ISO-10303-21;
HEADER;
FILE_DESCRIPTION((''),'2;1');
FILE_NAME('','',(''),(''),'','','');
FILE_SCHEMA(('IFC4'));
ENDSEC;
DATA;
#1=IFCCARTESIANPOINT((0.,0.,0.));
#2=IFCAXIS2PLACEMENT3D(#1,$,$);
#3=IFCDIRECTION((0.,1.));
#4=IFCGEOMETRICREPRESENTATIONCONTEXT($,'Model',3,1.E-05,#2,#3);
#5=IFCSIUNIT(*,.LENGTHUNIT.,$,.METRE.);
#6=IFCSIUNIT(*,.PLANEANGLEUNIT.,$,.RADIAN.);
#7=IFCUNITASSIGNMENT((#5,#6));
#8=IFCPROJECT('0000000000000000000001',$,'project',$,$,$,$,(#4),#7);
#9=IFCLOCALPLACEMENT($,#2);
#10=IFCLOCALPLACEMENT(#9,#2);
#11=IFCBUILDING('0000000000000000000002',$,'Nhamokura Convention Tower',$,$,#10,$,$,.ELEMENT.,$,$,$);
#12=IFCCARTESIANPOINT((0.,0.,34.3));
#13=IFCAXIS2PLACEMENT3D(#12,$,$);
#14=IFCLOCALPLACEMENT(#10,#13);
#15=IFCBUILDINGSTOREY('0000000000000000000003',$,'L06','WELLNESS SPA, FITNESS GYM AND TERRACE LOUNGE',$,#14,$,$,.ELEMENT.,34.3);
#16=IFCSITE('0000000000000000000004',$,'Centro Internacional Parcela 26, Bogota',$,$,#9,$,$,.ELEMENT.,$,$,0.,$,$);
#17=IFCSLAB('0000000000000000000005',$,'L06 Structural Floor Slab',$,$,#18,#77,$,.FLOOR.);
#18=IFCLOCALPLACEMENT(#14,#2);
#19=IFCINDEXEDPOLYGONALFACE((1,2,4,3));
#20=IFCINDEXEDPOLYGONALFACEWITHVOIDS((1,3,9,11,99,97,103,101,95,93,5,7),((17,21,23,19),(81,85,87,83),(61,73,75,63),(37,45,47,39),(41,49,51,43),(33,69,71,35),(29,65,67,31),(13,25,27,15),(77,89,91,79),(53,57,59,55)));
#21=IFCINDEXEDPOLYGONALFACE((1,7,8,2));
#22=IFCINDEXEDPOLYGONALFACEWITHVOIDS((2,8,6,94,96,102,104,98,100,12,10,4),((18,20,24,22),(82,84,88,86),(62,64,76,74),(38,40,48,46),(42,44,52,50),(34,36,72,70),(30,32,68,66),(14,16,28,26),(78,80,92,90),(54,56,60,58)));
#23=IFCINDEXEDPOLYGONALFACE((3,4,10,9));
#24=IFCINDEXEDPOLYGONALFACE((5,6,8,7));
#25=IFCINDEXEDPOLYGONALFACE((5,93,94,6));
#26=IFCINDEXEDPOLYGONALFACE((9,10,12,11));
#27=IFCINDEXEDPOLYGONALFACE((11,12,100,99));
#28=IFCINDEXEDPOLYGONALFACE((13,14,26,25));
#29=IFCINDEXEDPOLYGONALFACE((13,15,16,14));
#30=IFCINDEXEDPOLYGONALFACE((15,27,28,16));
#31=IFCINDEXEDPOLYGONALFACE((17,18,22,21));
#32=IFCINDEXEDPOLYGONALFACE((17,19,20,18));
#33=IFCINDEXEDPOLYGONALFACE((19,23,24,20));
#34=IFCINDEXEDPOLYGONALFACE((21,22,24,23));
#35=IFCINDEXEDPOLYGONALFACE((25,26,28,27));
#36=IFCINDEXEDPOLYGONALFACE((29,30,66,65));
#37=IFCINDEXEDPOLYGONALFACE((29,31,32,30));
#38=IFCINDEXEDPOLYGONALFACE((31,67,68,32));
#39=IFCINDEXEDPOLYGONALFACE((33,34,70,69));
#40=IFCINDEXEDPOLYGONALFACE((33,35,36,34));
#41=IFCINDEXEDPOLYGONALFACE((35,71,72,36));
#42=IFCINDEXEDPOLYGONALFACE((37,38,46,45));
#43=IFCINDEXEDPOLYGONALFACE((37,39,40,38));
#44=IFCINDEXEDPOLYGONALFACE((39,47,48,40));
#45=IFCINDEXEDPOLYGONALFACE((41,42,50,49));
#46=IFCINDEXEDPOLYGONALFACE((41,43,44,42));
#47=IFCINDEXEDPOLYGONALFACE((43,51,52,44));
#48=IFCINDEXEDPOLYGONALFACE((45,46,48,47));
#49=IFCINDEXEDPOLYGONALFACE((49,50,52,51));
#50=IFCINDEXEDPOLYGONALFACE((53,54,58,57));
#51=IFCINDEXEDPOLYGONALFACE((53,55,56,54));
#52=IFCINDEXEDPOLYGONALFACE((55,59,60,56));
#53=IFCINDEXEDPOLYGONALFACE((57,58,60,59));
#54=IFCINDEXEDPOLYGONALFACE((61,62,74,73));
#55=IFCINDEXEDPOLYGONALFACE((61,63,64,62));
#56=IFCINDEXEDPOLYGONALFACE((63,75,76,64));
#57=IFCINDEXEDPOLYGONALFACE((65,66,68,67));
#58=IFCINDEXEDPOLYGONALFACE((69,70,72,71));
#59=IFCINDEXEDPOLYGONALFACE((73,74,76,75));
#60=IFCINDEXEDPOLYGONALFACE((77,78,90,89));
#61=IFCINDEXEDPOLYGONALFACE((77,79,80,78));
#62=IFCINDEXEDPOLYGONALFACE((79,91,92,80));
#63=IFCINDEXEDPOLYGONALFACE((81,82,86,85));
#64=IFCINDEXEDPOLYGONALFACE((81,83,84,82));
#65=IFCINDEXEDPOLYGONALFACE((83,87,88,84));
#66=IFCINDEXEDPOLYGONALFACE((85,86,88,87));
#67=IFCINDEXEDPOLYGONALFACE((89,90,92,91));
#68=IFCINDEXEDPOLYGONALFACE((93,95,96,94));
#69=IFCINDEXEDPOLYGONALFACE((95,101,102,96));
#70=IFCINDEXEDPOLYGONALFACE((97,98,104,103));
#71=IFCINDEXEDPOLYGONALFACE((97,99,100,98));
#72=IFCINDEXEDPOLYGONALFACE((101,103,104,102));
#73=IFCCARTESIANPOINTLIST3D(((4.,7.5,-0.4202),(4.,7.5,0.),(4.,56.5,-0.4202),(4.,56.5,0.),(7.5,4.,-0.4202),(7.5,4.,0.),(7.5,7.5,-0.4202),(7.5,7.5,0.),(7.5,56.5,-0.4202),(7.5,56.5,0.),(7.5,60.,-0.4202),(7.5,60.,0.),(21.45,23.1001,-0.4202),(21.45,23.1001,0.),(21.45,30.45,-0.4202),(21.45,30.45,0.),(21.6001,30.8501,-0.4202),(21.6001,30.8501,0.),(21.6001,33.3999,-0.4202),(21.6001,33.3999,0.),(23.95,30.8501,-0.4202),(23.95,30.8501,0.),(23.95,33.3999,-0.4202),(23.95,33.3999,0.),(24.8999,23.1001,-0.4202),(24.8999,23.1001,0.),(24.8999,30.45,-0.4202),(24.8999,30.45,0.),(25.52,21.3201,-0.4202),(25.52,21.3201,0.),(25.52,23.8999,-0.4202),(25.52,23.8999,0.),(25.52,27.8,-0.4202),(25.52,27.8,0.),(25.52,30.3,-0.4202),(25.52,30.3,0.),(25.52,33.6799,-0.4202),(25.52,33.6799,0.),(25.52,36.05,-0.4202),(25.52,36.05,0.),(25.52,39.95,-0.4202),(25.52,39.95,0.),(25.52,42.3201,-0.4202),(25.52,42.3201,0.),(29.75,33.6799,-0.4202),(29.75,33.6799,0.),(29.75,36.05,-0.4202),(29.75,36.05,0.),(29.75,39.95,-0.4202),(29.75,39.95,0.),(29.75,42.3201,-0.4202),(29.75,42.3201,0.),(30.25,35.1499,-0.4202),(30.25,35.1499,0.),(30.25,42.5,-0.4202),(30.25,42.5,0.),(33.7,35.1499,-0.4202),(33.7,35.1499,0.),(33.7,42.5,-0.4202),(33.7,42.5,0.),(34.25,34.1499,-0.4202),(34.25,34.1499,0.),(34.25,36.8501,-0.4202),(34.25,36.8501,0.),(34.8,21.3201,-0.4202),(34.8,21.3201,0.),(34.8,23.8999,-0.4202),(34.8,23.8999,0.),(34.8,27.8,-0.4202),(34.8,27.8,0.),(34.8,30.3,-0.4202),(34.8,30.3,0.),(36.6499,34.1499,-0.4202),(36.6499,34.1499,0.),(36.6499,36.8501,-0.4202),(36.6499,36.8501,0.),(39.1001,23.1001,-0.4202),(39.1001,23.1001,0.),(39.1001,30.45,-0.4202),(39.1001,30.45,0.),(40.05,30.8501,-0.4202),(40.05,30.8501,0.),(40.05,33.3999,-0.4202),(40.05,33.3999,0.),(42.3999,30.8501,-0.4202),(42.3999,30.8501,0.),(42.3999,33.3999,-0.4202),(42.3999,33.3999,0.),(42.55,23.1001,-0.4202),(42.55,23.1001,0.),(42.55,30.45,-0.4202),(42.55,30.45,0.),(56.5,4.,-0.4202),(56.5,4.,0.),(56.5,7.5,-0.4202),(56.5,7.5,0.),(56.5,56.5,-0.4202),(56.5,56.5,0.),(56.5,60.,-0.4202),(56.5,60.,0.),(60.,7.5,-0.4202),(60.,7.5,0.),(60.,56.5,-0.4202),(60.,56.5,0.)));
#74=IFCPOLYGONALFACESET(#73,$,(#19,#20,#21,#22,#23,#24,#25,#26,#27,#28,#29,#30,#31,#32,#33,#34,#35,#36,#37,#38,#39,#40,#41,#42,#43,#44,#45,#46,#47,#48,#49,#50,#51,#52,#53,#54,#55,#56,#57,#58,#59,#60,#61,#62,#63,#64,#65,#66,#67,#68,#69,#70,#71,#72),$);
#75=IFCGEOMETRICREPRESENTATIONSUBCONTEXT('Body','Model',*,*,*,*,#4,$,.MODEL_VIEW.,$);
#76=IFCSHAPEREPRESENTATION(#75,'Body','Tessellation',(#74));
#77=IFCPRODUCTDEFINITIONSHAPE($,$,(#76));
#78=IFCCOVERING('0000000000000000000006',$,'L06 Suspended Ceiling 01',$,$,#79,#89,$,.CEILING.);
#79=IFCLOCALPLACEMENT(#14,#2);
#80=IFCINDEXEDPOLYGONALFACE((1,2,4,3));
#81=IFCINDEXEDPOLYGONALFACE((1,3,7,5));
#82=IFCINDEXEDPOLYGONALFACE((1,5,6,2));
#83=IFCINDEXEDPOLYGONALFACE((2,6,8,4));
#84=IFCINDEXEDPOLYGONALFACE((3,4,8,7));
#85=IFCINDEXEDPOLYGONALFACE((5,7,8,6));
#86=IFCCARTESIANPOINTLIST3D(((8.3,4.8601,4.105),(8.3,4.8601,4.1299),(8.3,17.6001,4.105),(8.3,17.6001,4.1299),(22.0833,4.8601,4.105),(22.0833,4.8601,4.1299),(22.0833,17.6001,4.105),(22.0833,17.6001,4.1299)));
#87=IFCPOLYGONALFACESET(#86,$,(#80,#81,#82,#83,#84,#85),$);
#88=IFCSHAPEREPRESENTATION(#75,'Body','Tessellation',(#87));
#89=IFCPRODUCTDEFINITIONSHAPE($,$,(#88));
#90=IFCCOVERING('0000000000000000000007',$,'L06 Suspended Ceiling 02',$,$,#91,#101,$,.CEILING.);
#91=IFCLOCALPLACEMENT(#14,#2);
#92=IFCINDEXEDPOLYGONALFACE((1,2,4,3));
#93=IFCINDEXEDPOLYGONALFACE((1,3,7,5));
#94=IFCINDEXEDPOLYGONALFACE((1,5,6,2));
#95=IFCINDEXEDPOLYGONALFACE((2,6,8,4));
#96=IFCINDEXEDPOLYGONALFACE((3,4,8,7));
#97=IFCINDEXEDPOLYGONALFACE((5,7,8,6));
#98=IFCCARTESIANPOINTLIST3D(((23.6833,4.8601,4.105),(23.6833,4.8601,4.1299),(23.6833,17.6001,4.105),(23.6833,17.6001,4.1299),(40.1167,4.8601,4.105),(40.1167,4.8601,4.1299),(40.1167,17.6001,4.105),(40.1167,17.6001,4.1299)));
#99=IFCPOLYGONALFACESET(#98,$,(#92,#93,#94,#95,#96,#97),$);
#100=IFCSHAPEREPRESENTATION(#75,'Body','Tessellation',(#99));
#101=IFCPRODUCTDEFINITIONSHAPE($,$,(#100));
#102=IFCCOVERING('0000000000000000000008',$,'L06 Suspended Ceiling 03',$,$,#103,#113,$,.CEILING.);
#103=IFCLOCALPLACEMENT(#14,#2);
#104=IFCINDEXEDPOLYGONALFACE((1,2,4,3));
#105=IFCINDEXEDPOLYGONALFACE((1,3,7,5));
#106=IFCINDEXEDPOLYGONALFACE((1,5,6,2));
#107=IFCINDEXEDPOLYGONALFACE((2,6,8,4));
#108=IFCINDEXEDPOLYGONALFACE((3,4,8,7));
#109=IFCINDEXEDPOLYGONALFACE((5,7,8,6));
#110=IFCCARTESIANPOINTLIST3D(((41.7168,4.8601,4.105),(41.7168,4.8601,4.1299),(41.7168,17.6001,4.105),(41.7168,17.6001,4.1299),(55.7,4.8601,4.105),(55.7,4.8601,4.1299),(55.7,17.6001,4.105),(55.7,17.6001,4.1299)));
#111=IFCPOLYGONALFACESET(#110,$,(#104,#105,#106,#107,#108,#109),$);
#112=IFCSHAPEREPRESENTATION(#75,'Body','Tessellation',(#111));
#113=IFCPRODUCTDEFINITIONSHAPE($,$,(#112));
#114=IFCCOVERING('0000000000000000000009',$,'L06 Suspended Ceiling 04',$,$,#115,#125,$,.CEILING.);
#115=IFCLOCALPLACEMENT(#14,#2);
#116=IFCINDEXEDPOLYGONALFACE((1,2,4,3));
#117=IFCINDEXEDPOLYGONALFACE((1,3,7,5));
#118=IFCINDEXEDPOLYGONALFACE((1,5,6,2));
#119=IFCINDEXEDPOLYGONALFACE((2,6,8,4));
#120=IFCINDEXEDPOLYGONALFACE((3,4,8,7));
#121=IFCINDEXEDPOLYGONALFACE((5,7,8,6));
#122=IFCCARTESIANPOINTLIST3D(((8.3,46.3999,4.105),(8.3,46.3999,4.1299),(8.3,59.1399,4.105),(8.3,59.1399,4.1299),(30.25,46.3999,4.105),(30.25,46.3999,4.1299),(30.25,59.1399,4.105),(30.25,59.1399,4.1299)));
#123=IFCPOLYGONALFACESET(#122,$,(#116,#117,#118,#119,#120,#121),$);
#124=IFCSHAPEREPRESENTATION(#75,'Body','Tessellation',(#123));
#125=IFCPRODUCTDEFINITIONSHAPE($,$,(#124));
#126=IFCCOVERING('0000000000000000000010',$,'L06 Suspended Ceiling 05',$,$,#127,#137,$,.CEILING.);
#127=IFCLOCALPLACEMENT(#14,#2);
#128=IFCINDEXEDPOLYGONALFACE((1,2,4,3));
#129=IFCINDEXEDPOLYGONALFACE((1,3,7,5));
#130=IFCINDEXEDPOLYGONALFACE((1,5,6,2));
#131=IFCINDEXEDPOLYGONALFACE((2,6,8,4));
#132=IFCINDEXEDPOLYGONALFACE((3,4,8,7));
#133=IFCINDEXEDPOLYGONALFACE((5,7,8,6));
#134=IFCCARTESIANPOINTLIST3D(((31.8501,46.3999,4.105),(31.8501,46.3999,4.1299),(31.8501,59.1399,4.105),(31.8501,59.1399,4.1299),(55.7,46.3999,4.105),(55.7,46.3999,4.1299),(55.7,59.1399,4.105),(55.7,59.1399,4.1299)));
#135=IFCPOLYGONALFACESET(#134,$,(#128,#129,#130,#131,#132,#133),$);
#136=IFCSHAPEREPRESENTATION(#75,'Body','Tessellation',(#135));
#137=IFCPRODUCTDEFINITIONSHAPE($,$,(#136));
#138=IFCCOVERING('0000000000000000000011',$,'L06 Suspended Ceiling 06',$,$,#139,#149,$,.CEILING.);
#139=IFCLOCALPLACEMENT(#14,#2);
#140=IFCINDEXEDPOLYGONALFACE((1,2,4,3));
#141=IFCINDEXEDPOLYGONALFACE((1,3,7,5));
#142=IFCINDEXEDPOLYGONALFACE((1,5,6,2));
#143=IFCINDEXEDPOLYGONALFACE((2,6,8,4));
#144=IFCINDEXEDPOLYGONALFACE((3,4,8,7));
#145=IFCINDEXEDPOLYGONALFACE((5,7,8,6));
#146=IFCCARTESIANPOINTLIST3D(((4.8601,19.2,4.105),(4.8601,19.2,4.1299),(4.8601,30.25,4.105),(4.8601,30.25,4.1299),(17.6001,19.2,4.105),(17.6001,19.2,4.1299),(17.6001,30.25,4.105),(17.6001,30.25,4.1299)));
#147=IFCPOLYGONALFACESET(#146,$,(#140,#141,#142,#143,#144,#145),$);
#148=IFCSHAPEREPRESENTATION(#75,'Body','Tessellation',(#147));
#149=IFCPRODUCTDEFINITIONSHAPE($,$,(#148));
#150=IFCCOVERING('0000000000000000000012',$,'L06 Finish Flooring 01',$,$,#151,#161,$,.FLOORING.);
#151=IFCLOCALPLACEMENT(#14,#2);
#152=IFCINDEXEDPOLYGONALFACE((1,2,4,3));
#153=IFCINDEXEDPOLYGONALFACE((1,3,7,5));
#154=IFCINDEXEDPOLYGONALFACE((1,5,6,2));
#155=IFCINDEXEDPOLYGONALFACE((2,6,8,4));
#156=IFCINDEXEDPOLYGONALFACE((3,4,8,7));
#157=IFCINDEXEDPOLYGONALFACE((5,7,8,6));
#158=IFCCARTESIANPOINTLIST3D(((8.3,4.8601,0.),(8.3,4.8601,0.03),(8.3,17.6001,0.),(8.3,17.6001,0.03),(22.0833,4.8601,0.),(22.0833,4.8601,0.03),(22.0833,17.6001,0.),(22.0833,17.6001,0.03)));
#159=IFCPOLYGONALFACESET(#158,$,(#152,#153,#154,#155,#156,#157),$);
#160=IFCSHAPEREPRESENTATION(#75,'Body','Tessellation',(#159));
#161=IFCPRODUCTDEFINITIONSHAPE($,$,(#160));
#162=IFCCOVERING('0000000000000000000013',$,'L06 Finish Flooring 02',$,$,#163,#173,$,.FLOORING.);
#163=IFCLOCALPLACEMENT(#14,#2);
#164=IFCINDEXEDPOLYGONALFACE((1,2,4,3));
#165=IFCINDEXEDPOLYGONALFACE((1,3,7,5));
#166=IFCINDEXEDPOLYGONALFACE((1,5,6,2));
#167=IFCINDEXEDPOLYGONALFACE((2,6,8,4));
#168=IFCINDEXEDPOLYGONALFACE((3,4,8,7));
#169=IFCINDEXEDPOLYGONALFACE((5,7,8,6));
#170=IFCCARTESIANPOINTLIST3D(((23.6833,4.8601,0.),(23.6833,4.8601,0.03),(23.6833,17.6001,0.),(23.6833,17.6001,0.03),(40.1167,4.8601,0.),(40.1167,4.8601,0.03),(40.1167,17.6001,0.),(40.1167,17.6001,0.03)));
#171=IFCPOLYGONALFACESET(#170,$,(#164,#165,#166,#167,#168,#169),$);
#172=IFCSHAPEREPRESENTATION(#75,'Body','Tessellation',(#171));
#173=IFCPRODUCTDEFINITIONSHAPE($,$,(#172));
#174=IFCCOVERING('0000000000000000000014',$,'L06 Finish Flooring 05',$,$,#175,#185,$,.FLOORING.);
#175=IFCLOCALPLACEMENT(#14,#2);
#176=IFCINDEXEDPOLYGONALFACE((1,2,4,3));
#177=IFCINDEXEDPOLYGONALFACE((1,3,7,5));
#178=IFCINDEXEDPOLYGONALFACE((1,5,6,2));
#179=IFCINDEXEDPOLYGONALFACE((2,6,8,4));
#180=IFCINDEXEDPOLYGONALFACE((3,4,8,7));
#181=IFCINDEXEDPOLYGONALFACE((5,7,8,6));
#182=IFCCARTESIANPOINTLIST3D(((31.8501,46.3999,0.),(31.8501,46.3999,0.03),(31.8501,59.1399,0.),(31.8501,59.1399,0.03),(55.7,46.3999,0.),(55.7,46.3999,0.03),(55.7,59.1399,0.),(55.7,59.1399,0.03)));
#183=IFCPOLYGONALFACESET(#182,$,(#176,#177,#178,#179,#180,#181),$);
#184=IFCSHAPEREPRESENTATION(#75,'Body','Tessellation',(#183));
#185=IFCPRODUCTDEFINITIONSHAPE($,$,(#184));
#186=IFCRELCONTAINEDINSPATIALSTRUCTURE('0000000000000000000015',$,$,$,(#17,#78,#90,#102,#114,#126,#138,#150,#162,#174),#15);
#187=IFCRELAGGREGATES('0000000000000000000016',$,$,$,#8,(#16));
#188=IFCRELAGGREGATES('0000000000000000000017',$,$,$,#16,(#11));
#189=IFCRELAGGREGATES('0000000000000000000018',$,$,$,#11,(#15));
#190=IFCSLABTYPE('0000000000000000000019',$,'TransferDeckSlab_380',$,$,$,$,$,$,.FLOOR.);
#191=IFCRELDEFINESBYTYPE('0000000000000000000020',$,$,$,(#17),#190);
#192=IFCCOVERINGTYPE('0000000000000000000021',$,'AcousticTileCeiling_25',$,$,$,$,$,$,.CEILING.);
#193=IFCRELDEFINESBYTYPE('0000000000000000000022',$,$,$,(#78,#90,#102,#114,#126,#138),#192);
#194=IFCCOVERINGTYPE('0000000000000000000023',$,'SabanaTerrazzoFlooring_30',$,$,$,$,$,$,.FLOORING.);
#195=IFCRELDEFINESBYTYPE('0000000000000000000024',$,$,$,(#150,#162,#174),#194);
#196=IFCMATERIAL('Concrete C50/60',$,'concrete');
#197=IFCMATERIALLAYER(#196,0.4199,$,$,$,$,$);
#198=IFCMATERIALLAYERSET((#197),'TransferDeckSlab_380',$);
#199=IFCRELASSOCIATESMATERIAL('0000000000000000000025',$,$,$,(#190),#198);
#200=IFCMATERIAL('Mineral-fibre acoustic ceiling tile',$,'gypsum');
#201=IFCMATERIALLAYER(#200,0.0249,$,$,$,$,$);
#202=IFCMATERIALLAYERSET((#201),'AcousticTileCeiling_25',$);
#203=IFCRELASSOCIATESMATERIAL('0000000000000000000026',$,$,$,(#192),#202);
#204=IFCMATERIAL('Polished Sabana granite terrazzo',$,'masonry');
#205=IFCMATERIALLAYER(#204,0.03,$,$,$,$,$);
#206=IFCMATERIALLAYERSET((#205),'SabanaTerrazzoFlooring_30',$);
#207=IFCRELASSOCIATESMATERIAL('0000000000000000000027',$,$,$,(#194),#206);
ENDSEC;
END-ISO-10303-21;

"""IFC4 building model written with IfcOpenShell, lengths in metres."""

from ifc_helpers import new_model, si_unit, direction, frame, origin, place, context, subcontext, project, spatial, polyline, outline, extrude, material, layer, layer_set, type_object, element, save


model = new_model("IFC4")

# Units and contexts
model_context = context("Model", 3, precision=1e-05, world=origin(), true_north=direction((0.0, 1.0)))
body_context = subcontext(model_context, "Body", "Model", "MODEL_VIEW")
ifc_project = project(units=[si_unit("LENGTHUNIT", "METRE"), si_unit("PLANEANGLEUNIT", "RADIAN")], contexts=[model_context])

# Site, building, storey
site_placement = place(None, origin())
site = spatial("IfcSite", under=ifc_project, at=site_placement, Name="Centro Internacional Parcela 26, Bogota", CompositionType="ELEMENT", RefElevation=0.0)
building_placement = place(site_placement, origin())
building = spatial("IfcBuilding", under=site, at=building_placement, Name="Nhamokura Convention Tower", CompositionType="ELEMENT")
storey_placement = place(building_placement, frame((0.0, 0.0, 34.3)))
storey = spatial("IfcBuildingStorey", under=building, at=storey_placement, Name="L06", Description="WELLNESS SPA, FITNESS GYM AND TERRACE LOUNGE", CompositionType="ELEMENT", Elevation=34.3)

# Slab
ifc_material_1 = material(Name="Concrete C50/60", Category="concrete")
ifc_layer_1 = layer(ifc_material_1, 0.4199)
ifc_layer_set_1 = layer_set([ifc_layer_1], Name="TransferDeckSlab_380")
slab_type_1 = type_object("IfcSlabType", Name="TransferDeckSlab_380", PredefinedType="FLOOR", material=ifc_layer_set_1)
slab_1_placement = place(storey_placement, frame((0.0, 0.0, -0.4202)))
element("IfcSlab", 1, at=slab_1_placement, inside=storey, type_object=slab_type_1, Name="L06 Structural Floor Slab", PredefinedType="FLOOR", context=body_context, shape_type="SweptSolid", body=[
    extrude(outline(polyline([(7.5, 4.0), (56.5, 4.0), (56.5, 7.5), (60.0, 7.5), (60.0, 56.5), (56.5, 56.5), (56.5, 60.0), (7.5, 60.0), (7.5, 56.5), (4.0, 56.5), (4.0, 7.5), (7.5, 7.5), (7.5, 4.0)]), holes=[polyline([(24.8999, 23.1001), (24.8999, 30.45), (21.45, 30.45), (21.45, 23.1001), (24.8999, 23.1001)]), polyline([(42.55, 23.1001), (42.55, 30.45), (39.1001, 30.45), (39.1001, 23.1001), (42.55, 23.1001)]), polyline([(33.7, 35.1499), (33.7, 42.5), (30.25, 42.5), (30.25, 35.1499), (33.7, 35.1499)]), polyline([(21.6001, 30.8501), (23.95, 30.8501), (23.95, 33.3999), (21.6001, 33.3999), (21.6001, 30.8501)]), polyline([(40.05, 30.8501), (42.3999, 30.8501), (42.3999, 33.3999), (40.05, 33.3999), (40.05, 30.8501)]), polyline([(34.25, 34.1499), (36.6499, 34.1499), (36.6499, 36.8501), (34.25, 36.8501), (34.25, 34.1499)]), polyline([(25.52, 21.3201), (34.8, 21.3201), (34.8, 23.8999), (25.52, 23.8999), (25.52, 21.3201)]), polyline([(25.52, 27.8), (34.8, 27.8), (34.8, 30.3), (25.52, 30.3), (25.52, 27.8)]), polyline([(25.52, 33.6799), (29.75, 33.6799), (29.75, 36.05), (25.52, 36.05), (25.52, 33.6799)]), polyline([(25.52, 39.95), (29.75, 39.95), (29.75, 42.3201), (25.52, 42.3201), (25.52, 39.95)])]), origin(), (0.0, 0.0, 1.0), 0.4202),
])

# Coverings
ifc_material_2 = material(Name="Mineral-fibre acoustic ceiling tile", Category="gypsum")
ifc_layer_2 = layer(ifc_material_2, 0.0249)
ifc_layer_set_2 = layer_set([ifc_layer_2], Name="AcousticTileCeiling_25")
covering_type_1 = type_object("IfcCoveringType", Name="AcousticTileCeiling_25", PredefinedType="CEILING", material=ifc_layer_set_2)
covering_1_placement = place(storey_placement, frame((0.0, 0.0, 4.105)))
element("IfcCovering", 2, at=covering_1_placement, inside=storey, type_object=covering_type_1, Name="L06 Suspended Ceiling 01", PredefinedType="CEILING", context=body_context, shape_type="SweptSolid", body=[
    extrude(outline(polyline([(8.3, 4.8601), (22.0833, 4.8601), (22.0833, 17.6001), (8.3, 17.6001), (8.3, 4.8601)])), origin(), (0.0, 0.0, 1.0), 0.0249),
])
covering_2_placement = place(storey_placement, frame((0.0, 0.0, 4.105)))
element("IfcCovering", 3, at=covering_2_placement, inside=storey, type_object=covering_type_1, Name="L06 Suspended Ceiling 02", PredefinedType="CEILING", context=body_context, shape_type="SweptSolid", body=[
    extrude(outline(polyline([(23.6833, 4.8601), (40.1167, 4.8601), (40.1167, 17.6001), (23.6833, 17.6001), (23.6833, 4.8601)])), origin(), (0.0, 0.0, 1.0), 0.0249),
])
covering_3_placement = place(storey_placement, frame((0.0, 0.0, 4.105)))
element("IfcCovering", 4, at=covering_3_placement, inside=storey, type_object=covering_type_1, Name="L06 Suspended Ceiling 03", PredefinedType="CEILING", context=body_context, shape_type="SweptSolid", body=[
    extrude(outline(polyline([(41.7168, 4.8601), (55.7, 4.8601), (55.7, 17.6001), (41.7168, 17.6001), (41.7168, 4.8601)])), origin(), (0.0, 0.0, 1.0), 0.0249),
])
covering_4_placement = place(storey_placement, frame((0.0, 0.0, 4.105)))
element("IfcCovering", 5, at=covering_4_placement, inside=storey, type_object=covering_type_1, Name="L06 Suspended Ceiling 04", PredefinedType="CEILING", context=body_context, shape_type="SweptSolid", body=[
    extrude(outline(polyline([(8.3, 46.3999), (30.25, 46.3999), (30.25, 59.1399), (8.3, 59.1399), (8.3, 46.3999)])), origin(), (0.0, 0.0, 1.0), 0.0249),
])
covering_5_placement = place(storey_placement, frame((0.0, 0.0, 4.105)))
element("IfcCovering", 6, at=covering_5_placement, inside=storey, type_object=covering_type_1, Name="L06 Suspended Ceiling 05", PredefinedType="CEILING", context=body_context, shape_type="SweptSolid", body=[
    extrude(outline(polyline([(31.8501, 46.3999), (55.7, 46.3999), (55.7, 59.1399), (31.8501, 59.1399), (31.8501, 46.3999)])), origin(), (0.0, 0.0, 1.0), 0.0249),
])
covering_6_placement = place(storey_placement, frame((0.0, 0.0, 4.105)))
element("IfcCovering", 7, at=covering_6_placement, inside=storey, type_object=covering_type_1, Name="L06 Suspended Ceiling 06", PredefinedType="CEILING", context=body_context, shape_type="SweptSolid", body=[
    extrude(outline(polyline([(4.8601, 19.2), (17.6001, 19.2), (17.6001, 30.25), (4.8601, 30.25), (4.8601, 19.2)])), origin(), (0.0, 0.0, 1.0), 0.0249),
])
ifc_material_3 = material(Name="Polished Sabana granite terrazzo", Category="masonry")
ifc_layer_3 = layer(ifc_material_3, 0.03)
ifc_layer_set_3 = layer_set([ifc_layer_3], Name="SabanaTerrazzoFlooring_30")
covering_type_2 = type_object("IfcCoveringType", Name="SabanaTerrazzoFlooring_30", PredefinedType="FLOORING", material=ifc_layer_set_3)
covering_7_placement = place(storey_placement, origin())
element("IfcCovering", 8, at=covering_7_placement, inside=storey, type_object=covering_type_2, Name="L06 Finish Flooring 01", PredefinedType="FLOORING", context=body_context, shape_type="SweptSolid", body=[
    extrude(outline(polyline([(8.3, 4.8601), (22.0833, 4.8601), (22.0833, 17.6001), (8.3, 17.6001), (8.3, 4.8601)])), origin(), (0.0, 0.0, 1.0), 0.03),
])
covering_8_placement = place(storey_placement, origin())
element("IfcCovering", 9, at=covering_8_placement, inside=storey, type_object=covering_type_2, Name="L06 Finish Flooring 02", PredefinedType="FLOORING", context=body_context, shape_type="SweptSolid", body=[
    extrude(outline(polyline([(23.6833, 4.8601), (40.1167, 4.8601), (40.1167, 17.6001), (23.6833, 17.6001), (23.6833, 4.8601)])), origin(), (0.0, 0.0, 1.0), 0.03),
])
covering_9_placement = place(storey_placement, origin())
element("IfcCovering", 10, at=covering_9_placement, inside=storey, type_object=covering_type_2, Name="L06 Finish Flooring 05", PredefinedType="FLOORING", context=body_context, shape_type="SweptSolid", body=[
    extrude(outline(polyline([(31.8501, 46.3999), (55.7, 46.3999), (55.7, 59.1399), (31.8501, 59.1399), (31.8501, 46.3999)])), origin(), (0.0, 0.0, 1.0), 0.03),
])

save(model, "model.ifc")
